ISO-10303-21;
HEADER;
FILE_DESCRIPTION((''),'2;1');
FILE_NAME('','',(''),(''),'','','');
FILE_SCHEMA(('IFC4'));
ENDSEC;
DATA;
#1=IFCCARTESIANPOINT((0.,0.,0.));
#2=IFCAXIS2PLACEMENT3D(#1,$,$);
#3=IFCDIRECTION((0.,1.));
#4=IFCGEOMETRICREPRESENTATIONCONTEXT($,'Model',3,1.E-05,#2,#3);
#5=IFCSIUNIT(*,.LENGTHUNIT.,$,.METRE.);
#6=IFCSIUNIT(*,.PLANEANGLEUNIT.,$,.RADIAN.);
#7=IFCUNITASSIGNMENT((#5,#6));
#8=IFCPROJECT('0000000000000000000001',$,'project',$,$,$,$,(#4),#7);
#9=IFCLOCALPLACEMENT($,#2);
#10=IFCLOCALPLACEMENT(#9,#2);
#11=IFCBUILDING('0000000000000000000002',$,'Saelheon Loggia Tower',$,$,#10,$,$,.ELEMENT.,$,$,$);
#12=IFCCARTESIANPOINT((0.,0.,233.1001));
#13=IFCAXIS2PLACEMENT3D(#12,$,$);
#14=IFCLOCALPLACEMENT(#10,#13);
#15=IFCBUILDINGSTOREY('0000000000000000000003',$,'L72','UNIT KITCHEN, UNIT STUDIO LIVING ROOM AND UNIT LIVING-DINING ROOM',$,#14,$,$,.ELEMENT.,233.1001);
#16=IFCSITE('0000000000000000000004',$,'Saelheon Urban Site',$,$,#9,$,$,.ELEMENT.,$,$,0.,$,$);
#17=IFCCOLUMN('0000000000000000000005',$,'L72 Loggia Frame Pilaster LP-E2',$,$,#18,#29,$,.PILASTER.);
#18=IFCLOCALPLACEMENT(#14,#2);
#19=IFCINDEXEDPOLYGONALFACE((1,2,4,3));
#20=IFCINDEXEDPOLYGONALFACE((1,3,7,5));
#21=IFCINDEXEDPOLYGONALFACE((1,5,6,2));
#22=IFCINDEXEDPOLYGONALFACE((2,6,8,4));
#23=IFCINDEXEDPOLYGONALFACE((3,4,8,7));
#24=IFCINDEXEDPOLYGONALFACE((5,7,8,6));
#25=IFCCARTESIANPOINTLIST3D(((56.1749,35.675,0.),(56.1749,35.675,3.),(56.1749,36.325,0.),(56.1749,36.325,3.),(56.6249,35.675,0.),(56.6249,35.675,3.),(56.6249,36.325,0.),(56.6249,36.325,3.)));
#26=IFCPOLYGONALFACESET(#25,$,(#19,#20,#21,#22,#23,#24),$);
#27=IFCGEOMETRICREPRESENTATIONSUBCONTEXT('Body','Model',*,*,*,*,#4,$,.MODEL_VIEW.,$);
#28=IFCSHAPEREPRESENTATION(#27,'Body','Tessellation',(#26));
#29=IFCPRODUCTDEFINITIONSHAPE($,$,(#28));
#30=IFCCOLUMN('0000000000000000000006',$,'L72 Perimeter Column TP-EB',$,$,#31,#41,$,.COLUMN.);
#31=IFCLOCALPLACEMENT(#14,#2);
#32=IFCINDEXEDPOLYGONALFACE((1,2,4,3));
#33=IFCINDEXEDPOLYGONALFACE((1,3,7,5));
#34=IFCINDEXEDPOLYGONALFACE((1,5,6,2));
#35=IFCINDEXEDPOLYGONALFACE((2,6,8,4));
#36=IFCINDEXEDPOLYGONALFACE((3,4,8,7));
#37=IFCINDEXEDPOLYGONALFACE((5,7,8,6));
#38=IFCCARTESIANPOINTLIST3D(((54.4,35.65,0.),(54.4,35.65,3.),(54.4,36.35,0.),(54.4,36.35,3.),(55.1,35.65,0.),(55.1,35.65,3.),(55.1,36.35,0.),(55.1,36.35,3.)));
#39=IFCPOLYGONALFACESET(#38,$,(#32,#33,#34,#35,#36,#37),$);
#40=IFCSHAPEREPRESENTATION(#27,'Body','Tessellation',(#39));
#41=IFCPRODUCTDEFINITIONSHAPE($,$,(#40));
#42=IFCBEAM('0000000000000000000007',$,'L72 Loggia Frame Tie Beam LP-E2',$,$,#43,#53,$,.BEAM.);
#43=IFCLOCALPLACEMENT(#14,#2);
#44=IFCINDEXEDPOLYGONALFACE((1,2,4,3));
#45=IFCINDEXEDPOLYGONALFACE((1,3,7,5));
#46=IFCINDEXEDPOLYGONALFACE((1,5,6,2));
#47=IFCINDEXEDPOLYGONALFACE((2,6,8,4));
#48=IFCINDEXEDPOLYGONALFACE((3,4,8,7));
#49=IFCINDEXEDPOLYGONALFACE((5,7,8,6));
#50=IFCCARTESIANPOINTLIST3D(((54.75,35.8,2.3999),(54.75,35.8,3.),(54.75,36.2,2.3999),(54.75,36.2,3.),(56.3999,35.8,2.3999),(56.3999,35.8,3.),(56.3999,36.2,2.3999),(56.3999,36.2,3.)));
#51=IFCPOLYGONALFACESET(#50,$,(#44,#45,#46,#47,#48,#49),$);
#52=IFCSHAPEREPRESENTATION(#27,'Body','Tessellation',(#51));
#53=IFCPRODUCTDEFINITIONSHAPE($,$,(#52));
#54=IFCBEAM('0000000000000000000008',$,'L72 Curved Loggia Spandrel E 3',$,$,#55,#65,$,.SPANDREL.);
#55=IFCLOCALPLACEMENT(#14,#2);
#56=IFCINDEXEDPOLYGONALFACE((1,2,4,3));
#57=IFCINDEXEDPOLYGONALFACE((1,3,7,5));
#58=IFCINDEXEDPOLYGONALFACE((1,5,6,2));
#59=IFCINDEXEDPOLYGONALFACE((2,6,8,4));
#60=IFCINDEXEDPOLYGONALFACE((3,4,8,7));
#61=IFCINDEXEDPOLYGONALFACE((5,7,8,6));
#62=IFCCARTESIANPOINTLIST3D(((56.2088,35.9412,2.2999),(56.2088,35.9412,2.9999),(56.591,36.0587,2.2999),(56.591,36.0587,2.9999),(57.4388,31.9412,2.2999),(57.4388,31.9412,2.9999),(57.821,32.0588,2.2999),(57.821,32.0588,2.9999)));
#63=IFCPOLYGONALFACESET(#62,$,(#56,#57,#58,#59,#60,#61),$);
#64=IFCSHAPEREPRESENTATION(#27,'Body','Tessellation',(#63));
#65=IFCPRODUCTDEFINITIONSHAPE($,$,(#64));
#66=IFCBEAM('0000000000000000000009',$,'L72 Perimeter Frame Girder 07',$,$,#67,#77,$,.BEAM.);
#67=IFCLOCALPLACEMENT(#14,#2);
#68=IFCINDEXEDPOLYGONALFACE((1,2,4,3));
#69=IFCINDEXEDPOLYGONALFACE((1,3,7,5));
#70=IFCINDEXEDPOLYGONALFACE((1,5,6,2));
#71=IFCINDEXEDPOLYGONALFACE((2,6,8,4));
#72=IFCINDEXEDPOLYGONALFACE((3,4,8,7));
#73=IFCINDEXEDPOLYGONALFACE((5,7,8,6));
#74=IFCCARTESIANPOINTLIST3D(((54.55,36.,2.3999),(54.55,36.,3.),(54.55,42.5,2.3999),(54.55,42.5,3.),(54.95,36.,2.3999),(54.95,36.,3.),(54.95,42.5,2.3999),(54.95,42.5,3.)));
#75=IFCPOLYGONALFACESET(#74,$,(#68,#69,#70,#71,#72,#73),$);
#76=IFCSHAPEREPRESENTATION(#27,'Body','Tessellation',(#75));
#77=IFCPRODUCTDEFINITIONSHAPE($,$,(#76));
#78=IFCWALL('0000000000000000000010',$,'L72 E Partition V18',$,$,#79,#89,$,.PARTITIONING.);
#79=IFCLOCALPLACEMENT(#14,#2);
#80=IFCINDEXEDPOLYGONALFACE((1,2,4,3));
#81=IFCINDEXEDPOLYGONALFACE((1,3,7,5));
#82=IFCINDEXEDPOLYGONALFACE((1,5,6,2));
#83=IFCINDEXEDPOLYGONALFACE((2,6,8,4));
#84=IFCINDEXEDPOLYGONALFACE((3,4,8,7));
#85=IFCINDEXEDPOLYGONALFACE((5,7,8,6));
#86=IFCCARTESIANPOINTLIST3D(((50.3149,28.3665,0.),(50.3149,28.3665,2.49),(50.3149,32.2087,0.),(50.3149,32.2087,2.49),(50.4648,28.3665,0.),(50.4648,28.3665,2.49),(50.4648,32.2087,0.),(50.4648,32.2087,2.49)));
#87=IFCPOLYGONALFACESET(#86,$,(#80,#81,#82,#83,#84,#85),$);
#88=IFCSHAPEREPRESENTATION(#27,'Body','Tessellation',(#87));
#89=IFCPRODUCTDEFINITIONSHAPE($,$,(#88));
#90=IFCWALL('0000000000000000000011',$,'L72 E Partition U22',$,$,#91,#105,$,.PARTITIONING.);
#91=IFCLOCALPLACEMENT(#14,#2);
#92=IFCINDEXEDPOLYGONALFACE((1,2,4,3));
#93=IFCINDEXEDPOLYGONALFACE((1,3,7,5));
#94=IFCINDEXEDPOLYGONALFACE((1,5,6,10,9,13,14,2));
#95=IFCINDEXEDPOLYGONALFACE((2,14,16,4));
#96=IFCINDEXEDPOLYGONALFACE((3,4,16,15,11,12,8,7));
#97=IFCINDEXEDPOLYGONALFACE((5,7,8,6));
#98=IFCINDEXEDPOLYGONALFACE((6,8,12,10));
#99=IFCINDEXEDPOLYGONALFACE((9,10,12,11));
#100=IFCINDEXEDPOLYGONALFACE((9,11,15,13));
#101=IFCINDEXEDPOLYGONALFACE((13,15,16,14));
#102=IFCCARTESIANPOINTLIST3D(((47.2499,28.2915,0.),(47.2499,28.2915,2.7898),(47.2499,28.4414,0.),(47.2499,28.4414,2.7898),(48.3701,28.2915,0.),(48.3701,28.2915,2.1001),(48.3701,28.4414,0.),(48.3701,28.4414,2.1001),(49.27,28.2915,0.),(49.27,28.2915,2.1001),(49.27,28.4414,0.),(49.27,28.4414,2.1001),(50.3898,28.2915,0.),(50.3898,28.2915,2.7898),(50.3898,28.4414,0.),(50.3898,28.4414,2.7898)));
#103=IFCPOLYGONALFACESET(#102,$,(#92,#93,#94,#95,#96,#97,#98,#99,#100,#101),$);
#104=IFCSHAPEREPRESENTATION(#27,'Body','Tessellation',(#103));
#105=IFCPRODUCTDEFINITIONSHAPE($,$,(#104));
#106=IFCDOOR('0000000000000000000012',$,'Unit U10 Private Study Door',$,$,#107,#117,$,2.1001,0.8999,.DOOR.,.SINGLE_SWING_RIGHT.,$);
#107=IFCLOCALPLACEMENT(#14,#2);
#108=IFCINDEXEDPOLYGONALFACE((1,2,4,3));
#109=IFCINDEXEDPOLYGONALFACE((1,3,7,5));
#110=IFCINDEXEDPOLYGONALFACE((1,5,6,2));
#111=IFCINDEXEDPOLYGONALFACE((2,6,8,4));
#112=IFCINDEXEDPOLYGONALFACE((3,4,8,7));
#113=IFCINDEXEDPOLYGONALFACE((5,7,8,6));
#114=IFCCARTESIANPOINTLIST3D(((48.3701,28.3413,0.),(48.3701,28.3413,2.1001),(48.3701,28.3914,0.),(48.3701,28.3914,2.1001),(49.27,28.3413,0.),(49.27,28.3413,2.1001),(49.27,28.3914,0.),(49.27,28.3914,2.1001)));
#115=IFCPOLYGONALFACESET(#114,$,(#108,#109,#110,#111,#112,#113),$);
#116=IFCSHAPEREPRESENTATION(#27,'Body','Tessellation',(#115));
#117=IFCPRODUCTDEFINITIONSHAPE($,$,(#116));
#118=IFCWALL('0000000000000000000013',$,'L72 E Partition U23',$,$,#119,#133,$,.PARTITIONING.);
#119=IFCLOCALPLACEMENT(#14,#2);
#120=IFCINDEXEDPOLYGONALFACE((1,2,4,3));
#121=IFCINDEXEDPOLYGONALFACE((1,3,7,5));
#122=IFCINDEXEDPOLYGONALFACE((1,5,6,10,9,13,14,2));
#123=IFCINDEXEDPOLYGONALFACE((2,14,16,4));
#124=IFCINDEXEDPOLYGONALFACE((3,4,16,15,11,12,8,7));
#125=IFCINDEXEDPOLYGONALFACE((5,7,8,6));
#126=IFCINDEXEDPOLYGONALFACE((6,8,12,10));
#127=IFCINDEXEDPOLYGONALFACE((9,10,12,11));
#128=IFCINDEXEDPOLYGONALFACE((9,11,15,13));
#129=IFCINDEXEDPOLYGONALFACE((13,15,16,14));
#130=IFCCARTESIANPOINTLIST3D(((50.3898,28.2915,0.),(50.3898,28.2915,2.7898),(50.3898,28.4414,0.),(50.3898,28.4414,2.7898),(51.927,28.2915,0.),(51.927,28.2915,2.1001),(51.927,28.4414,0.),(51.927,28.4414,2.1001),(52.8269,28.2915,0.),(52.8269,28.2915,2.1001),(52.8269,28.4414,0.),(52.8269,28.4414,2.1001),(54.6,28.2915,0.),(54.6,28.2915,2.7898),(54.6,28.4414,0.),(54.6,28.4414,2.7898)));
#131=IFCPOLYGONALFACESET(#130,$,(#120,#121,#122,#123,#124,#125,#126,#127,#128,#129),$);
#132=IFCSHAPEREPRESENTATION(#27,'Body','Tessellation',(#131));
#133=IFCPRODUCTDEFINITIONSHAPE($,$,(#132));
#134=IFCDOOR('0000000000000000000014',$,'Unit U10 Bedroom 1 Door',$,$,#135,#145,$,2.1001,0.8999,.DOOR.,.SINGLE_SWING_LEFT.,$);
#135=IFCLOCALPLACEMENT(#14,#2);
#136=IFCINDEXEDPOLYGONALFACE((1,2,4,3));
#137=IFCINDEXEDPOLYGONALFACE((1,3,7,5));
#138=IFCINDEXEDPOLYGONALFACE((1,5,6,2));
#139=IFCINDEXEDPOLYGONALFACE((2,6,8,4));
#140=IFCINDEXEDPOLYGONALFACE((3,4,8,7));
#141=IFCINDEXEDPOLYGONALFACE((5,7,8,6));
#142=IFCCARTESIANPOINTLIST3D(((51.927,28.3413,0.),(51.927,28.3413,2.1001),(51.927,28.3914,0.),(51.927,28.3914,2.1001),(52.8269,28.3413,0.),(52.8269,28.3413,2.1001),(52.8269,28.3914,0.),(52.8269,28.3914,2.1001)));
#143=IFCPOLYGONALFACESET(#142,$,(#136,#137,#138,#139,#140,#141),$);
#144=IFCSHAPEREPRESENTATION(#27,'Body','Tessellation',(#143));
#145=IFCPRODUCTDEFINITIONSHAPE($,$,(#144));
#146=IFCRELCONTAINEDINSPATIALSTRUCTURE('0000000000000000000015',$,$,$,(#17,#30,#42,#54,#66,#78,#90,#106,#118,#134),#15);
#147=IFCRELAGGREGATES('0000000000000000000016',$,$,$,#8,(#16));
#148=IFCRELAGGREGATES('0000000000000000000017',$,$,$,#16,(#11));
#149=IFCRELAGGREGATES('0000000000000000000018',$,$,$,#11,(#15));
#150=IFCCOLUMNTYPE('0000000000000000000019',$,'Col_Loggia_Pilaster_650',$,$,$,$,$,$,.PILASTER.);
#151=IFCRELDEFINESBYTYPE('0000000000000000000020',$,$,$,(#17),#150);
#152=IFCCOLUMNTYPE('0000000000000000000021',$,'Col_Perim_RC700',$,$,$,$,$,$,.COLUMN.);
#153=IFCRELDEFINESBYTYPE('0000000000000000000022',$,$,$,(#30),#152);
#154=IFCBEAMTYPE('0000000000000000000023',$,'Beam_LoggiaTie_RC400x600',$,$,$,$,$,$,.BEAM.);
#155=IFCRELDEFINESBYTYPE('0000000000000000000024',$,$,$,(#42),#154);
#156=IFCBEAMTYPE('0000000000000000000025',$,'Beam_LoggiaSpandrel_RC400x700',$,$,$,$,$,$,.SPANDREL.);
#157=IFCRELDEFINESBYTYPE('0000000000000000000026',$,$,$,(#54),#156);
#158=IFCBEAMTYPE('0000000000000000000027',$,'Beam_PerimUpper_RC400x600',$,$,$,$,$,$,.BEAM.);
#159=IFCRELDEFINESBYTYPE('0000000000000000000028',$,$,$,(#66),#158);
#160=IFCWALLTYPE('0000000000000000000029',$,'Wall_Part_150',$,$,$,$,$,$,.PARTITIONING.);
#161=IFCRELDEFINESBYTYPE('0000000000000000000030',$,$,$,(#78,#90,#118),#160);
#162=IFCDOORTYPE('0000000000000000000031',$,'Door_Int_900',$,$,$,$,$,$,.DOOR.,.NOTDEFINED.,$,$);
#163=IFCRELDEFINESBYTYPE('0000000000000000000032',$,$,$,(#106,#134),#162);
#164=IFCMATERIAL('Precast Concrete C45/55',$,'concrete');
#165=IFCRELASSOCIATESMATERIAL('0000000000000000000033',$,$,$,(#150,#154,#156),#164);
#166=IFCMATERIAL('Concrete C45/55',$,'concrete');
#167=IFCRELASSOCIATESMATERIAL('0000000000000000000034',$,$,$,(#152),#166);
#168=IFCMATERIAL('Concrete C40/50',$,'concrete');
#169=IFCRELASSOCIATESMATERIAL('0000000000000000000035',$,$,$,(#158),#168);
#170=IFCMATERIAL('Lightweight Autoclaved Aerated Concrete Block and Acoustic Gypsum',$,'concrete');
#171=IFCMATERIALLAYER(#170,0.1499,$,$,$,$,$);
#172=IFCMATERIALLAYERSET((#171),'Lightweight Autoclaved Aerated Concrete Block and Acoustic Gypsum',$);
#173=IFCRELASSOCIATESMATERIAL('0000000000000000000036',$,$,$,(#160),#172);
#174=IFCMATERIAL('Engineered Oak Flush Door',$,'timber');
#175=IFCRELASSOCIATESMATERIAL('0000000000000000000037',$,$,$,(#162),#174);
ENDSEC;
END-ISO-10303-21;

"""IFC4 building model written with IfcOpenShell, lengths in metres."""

from ifc_helpers import new_model, si_unit, direction, frame, frame_2d, origin, origin_2d, place, context, subcontext, project, spatial, rectangle, extrude, source, transform, mapped, material, layer, layer_set, material_profile, profile_set, type_object, element, fill, save


model = new_model("IFC4")

# Units and contexts
model_context = context("Model", 3, precision=1e-05, world=origin(), true_north=direction((0.0, 1.0)))
body_context = subcontext(model_context, "Body", "Model", "MODEL_VIEW")
ifc_project = project(units=[si_unit("LENGTHUNIT", "METRE"), si_unit("PLANEANGLEUNIT", "RADIAN")], contexts=[model_context])

# Site, building, storey
site_placement = place(None, origin())
site = spatial("IfcSite", under=ifc_project, at=site_placement, Name="Saelheon Urban Site", CompositionType="ELEMENT", RefElevation=0.0)
building_placement = place(site_placement, origin())
building = spatial("IfcBuilding", under=site, at=building_placement, Name="Saelheon Loggia Tower", CompositionType="ELEMENT")
storey_placement = place(building_placement, frame((0.0, 0.0, 233.1001)))
storey = spatial("IfcBuildingStorey", under=building, at=storey_placement, Name="L72", Description="UNIT KITCHEN, UNIT STUDIO LIVING ROOM AND UNIT LIVING-DINING ROOM", CompositionType="ELEMENT", Elevation=233.1001)

# Columns
ifc_material_1 = material(Name="Precast Concrete C45/55", Category="concrete")
ifc_material_profile_1 = material_profile(ifc_material_1, rectangle(XDim=0.45, YDim=0.6499, at=origin_2d()), Name="RC-450x650")
ifc_profile_set_1 = profile_set([ifc_material_profile_1], Name="Precast Concrete C45/55")
column_type_1 = type_object("IfcColumnType", Name="Col_Loggia_Pilaster_650", PredefinedType="PILASTER", material=ifc_profile_set_1)
shared_shape_1 = source(origin(), body_context, "Body", "SweptSolid", [
    extrude(rectangle(XDim=0.45, YDim=0.6499, at=origin_2d()), origin(), (0.0, 0.0, 1.0), 3.0),
])
column_1_placement = place(storey_placement, frame((56.3999, 36.0, 0.0), z_axis=(0.0, 0.0, 1.0), x_axis=(1.0, 0.0, 0.0)))
element("IfcColumn", 1, at=column_1_placement, inside=storey, type_object=column_type_1, Name="L72 Loggia Frame Pilaster LP-E2", PredefinedType="PILASTER", context=body_context, shape_type="MappedRepresentation", body=[
    mapped(shared_shape_1, transform((0.0, 0.0, 0.0), scale=1.0)),
])
ifc_material_2 = material(Name="Concrete C45/55", Category="concrete")
ifc_material_profile_2 = material_profile(ifc_material_2, rectangle(XDim=0.7, YDim=0.7, at=origin_2d()), Name="RC-700x700")
ifc_profile_set_2 = profile_set([ifc_material_profile_2], Name="Concrete C45/55")
column_type_2 = type_object("IfcColumnType", Name="Col_Perim_RC700", PredefinedType="COLUMN", material=ifc_profile_set_2)
shared_shape_2 = source(origin(), body_context, "Body", "SweptSolid", [
    extrude(rectangle(XDim=0.7, YDim=0.7, at=origin_2d()), origin(), (0.0, 0.0, 1.0), 3.0),
])
column_2_placement = place(storey_placement, frame((54.75, 36.0, 0.0), z_axis=(0.0, 0.0, 1.0), x_axis=(1.0, 0.0, 0.0)))
element("IfcColumn", 2, at=column_2_placement, inside=storey, type_object=column_type_2, Name="L72 Perimeter Column TP-EB", PredefinedType="COLUMN", context=body_context, shape_type="MappedRepresentation", body=[
    mapped(shared_shape_2, transform((0.0, 0.0, 0.0), scale=1.0)),
])

# Beams
ifc_material_profile_3 = material_profile(ifc_material_1, rectangle(XDim=0.3999, YDim=0.6001, at=origin_2d()), Name="RC-400x600")
ifc_profile_set_3 = profile_set([ifc_material_profile_3], Name="Precast Concrete C45/55")
beam_type_1 = type_object("IfcBeamType", Name="Beam_LoggiaTie_RC400x600", PredefinedType="BEAM", material=ifc_profile_set_3)
shared_shape_3 = source(origin(), body_context, "Body", "SweptSolid", [
    extrude(rectangle(XDim=0.3999, YDim=0.6001, at=origin_2d()), origin(), (0.0, 0.0, 1.0), 1.6499),
])
beam_1_placement = place(storey_placement, frame((54.75, 36.0, 2.7), z_axis=(1.0, 0.0, 0.0), x_axis=(0.0, 1.0, 0.0)))
element("IfcBeam", 3, at=beam_1_placement, inside=storey, type_object=beam_type_1, Name="L72 Loggia Frame Tie Beam LP-E2", PredefinedType="BEAM", context=body_context, shape_type="MappedRepresentation", body=[
    mapped(shared_shape_3, transform((0.0, 0.0, 0.0), scale=1.0)),
])
ifc_material_profile_4 = material_profile(ifc_material_1, rectangle(XDim=0.3999, YDim=0.7, at=origin_2d()), Name="RC-400x700")
ifc_profile_set_4 = profile_set([ifc_material_profile_4], Name="Precast Concrete C45/55")
beam_type_2 = type_object("IfcBeamType", Name="Beam_LoggiaSpandrel_RC400x700", PredefinedType="SPANDREL", material=ifc_profile_set_4)
shared_shape_4 = source(origin(), body_context, "Body", "SweptSolid", [
    extrude(rectangle(XDim=0.3999, YDim=0.7, at=origin_2d()), origin(), (0.0, 0.0, 1.0), 4.1848),
])
beam_2_placement = place(storey_placement, frame((57.6299, 32.0, 2.6499), z_axis=(-0.293914, 0.955832, 0.0), x_axis=(-0.955832, -0.293914, 0.0)))
element("IfcBeam", 4, at=beam_2_placement, inside=storey, type_object=beam_type_2, Name="L72 Curved Loggia Spandrel E 3", PredefinedType="SPANDREL", context=body_context, shape_type="MappedRepresentation", body=[
    mapped(shared_shape_4, transform((0.0, 0.0, 0.0), scale=1.0)),
])
ifc_material_3 = material(Name="Concrete C40/50", Category="concrete")
ifc_material_profile_5 = material_profile(ifc_material_3, rectangle(XDim=0.3999, YDim=0.6001, at=origin_2d()), Name="RC-400x600")
ifc_profile_set_5 = profile_set([ifc_material_profile_5], Name="Concrete C40/50")
beam_type_3 = type_object("IfcBeamType", Name="Beam_PerimUpper_RC400x600", PredefinedType="BEAM", material=ifc_profile_set_5)
shared_shape_5 = source(origin(), body_context, "Body", "SweptSolid", [
    extrude(rectangle(XDim=0.3999, YDim=0.6001, at=origin_2d()), origin(), (0.0, 0.0, 1.0), 6.5),
])
beam_3_placement = place(storey_placement, frame((54.75, 36.0, 2.7), z_axis=(0.0, 1.0, 0.0), x_axis=(-1.0, 0.0, 0.0)))
element("IfcBeam", 5, at=beam_3_placement, inside=storey, type_object=beam_type_3, Name="L72 Perimeter Frame Girder 07", PredefinedType="BEAM", context=body_context, shape_type="MappedRepresentation", body=[
    mapped(shared_shape_5, transform((0.0, 0.0, 0.0), scale=1.0)),
])

# Wall
ifc_material_4 = material(Name="Lightweight Autoclaved Aerated Concrete Block and Acoustic Gypsum", Category="concrete")
ifc_layer_1 = layer(ifc_material_4, 0.1499)
ifc_layer_set_1 = layer_set([ifc_layer_1], Name="Lightweight Autoclaved Aerated Concrete Block and Acoustic Gypsum")
wall_type_1 = type_object("IfcWallType", Name="Wall_Part_150", PredefinedType="PARTITIONING", material=ifc_layer_set_1)
wall_1_placement = place(storey_placement, frame((50.3899, 28.3665, 0.0), z_axis=(0.0, 0.0, 1.0), x_axis=(0.0, 1.0, 0.0)))
element("IfcWall", 6, at=wall_1_placement, inside=storey, type_object=wall_type_1, Name="L72 E Partition V18", PredefinedType="PARTITIONING", context=body_context, shape_type="SweptSolid", body=[
    extrude(rectangle(XDim=3.8423, YDim=0.1499, at=frame_2d((1.9211, 0.0))), origin(), (0.0, 0.0, 1.0), 2.49),
])

# Walls, openings, doors
wall_2_placement = place(storey_placement, frame((47.25, 28.3665, 0.0), z_axis=(0.0, 0.0, 1.0), x_axis=(1.0, 0.0, 0.0)))
wall_2 = element("IfcWall", 7, at=wall_2_placement, inside=storey, type_object=wall_type_1, Name="L72 E Partition U22", PredefinedType="PARTITIONING", context=body_context, shape_type="SweptSolid", body=[
    extrude(rectangle(XDim=3.1399, YDim=0.1499, at=frame_2d((1.5698, 0.0))), origin(), (0.0, 0.0, 1.0), 2.7898),
])
opening_1_placement = place(wall_2_placement, frame((1.1201, 0.0, 0.0)))
opening_1 = element("IfcOpeningElement", 8, at=opening_1_placement, cuts=wall_2, PredefinedType="OPENING", context=body_context, shape_type="SweptSolid", body=[
    extrude(rectangle(XDim=0.8999, YDim=2.1001, at=frame_2d((0.45, 1.05))), frame((0.0, 0.0869, 0.0), z_axis=(0.0, -1.0, 0.0), x_axis=(1.0, 0.0, 0.0)), (0.0, 0.0, 1.0), 0.1738),
])
ifc_material_5 = material(Name="Engineered Oak Flush Door", Category="timber")
door_type_1 = type_object("IfcDoorType", Name="Door_Int_900", OperationType="NOTDEFINED", PredefinedType="DOOR", material=ifc_material_5)
shared_shape_6 = source(origin(), body_context, "Body", "SweptSolid", [
    extrude(rectangle(XDim=0.8999, YDim=2.1001, at=frame_2d((0.45, 1.05))), frame((0.0, 0.0249, 0.0), z_axis=(0.0, -1.0, 0.0), x_axis=(1.0, 0.0, 0.0)), (0.0, 0.0, 1.0), 0.05),
])
door_1_placement = place(opening_1_placement, origin())
door_1 = element("IfcDoor", 9, at=door_1_placement, inside=storey, type_object=door_type_1, Name="Unit U10 Private Study Door", OperationType="SINGLE_SWING_RIGHT", OverallHeight=2.1001, OverallWidth=0.8999, PredefinedType="DOOR", context=body_context, shape_type="MappedRepresentation", body=[
    mapped(shared_shape_6, transform((0.0, 0.0, 0.0), scale=1.0)),
])
fill(opening_1, door_1)
wall_3_placement = place(storey_placement, frame((50.3899, 28.3665, 0.0), z_axis=(0.0, 0.0, 1.0), x_axis=(1.0, 0.0, 0.0)))
wall_3 = element("IfcWall", 10, at=wall_3_placement, inside=storey, type_object=wall_type_1, Name="L72 E Partition U23", PredefinedType="PARTITIONING", context=body_context, shape_type="SweptSolid", body=[
    extrude(rectangle(XDim=4.2102, YDim=0.1499, at=frame_2d((2.105, 0.0))), origin(), (0.0, 0.0, 1.0), 2.7898),
])
opening_2_placement = place(wall_3_placement, frame((1.5371, 0.0, 0.0)))
opening_2 = element("IfcOpeningElement", 11, at=opening_2_placement, cuts=wall_3, PredefinedType="OPENING", context=body_context, shape_type="SweptSolid", body=[
    extrude(rectangle(XDim=0.8999, YDim=2.1001, at=frame_2d((0.45, 1.05))), frame((0.0, 0.0869, 0.0), z_axis=(0.0, -1.0, 0.0), x_axis=(1.0, 0.0, 0.0)), (0.0, 0.0, 1.0), 0.1738),
])
door_2_placement = place(opening_2_placement, origin())
door_2 = element("IfcDoor", 12, at=door_2_placement, inside=storey, type_object=door_type_1, Name="Unit U10 Bedroom 1 Door", OperationType="SINGLE_SWING_LEFT", OverallHeight=2.1001, OverallWidth=0.8999, PredefinedType="DOOR", context=body_context, shape_type="MappedRepresentation", body=[
    mapped(shared_shape_6, transform((0.0, 0.0, 0.0), scale=1.0)),
])
fill(opening_2, door_2)

save(model, "model.ifc")
